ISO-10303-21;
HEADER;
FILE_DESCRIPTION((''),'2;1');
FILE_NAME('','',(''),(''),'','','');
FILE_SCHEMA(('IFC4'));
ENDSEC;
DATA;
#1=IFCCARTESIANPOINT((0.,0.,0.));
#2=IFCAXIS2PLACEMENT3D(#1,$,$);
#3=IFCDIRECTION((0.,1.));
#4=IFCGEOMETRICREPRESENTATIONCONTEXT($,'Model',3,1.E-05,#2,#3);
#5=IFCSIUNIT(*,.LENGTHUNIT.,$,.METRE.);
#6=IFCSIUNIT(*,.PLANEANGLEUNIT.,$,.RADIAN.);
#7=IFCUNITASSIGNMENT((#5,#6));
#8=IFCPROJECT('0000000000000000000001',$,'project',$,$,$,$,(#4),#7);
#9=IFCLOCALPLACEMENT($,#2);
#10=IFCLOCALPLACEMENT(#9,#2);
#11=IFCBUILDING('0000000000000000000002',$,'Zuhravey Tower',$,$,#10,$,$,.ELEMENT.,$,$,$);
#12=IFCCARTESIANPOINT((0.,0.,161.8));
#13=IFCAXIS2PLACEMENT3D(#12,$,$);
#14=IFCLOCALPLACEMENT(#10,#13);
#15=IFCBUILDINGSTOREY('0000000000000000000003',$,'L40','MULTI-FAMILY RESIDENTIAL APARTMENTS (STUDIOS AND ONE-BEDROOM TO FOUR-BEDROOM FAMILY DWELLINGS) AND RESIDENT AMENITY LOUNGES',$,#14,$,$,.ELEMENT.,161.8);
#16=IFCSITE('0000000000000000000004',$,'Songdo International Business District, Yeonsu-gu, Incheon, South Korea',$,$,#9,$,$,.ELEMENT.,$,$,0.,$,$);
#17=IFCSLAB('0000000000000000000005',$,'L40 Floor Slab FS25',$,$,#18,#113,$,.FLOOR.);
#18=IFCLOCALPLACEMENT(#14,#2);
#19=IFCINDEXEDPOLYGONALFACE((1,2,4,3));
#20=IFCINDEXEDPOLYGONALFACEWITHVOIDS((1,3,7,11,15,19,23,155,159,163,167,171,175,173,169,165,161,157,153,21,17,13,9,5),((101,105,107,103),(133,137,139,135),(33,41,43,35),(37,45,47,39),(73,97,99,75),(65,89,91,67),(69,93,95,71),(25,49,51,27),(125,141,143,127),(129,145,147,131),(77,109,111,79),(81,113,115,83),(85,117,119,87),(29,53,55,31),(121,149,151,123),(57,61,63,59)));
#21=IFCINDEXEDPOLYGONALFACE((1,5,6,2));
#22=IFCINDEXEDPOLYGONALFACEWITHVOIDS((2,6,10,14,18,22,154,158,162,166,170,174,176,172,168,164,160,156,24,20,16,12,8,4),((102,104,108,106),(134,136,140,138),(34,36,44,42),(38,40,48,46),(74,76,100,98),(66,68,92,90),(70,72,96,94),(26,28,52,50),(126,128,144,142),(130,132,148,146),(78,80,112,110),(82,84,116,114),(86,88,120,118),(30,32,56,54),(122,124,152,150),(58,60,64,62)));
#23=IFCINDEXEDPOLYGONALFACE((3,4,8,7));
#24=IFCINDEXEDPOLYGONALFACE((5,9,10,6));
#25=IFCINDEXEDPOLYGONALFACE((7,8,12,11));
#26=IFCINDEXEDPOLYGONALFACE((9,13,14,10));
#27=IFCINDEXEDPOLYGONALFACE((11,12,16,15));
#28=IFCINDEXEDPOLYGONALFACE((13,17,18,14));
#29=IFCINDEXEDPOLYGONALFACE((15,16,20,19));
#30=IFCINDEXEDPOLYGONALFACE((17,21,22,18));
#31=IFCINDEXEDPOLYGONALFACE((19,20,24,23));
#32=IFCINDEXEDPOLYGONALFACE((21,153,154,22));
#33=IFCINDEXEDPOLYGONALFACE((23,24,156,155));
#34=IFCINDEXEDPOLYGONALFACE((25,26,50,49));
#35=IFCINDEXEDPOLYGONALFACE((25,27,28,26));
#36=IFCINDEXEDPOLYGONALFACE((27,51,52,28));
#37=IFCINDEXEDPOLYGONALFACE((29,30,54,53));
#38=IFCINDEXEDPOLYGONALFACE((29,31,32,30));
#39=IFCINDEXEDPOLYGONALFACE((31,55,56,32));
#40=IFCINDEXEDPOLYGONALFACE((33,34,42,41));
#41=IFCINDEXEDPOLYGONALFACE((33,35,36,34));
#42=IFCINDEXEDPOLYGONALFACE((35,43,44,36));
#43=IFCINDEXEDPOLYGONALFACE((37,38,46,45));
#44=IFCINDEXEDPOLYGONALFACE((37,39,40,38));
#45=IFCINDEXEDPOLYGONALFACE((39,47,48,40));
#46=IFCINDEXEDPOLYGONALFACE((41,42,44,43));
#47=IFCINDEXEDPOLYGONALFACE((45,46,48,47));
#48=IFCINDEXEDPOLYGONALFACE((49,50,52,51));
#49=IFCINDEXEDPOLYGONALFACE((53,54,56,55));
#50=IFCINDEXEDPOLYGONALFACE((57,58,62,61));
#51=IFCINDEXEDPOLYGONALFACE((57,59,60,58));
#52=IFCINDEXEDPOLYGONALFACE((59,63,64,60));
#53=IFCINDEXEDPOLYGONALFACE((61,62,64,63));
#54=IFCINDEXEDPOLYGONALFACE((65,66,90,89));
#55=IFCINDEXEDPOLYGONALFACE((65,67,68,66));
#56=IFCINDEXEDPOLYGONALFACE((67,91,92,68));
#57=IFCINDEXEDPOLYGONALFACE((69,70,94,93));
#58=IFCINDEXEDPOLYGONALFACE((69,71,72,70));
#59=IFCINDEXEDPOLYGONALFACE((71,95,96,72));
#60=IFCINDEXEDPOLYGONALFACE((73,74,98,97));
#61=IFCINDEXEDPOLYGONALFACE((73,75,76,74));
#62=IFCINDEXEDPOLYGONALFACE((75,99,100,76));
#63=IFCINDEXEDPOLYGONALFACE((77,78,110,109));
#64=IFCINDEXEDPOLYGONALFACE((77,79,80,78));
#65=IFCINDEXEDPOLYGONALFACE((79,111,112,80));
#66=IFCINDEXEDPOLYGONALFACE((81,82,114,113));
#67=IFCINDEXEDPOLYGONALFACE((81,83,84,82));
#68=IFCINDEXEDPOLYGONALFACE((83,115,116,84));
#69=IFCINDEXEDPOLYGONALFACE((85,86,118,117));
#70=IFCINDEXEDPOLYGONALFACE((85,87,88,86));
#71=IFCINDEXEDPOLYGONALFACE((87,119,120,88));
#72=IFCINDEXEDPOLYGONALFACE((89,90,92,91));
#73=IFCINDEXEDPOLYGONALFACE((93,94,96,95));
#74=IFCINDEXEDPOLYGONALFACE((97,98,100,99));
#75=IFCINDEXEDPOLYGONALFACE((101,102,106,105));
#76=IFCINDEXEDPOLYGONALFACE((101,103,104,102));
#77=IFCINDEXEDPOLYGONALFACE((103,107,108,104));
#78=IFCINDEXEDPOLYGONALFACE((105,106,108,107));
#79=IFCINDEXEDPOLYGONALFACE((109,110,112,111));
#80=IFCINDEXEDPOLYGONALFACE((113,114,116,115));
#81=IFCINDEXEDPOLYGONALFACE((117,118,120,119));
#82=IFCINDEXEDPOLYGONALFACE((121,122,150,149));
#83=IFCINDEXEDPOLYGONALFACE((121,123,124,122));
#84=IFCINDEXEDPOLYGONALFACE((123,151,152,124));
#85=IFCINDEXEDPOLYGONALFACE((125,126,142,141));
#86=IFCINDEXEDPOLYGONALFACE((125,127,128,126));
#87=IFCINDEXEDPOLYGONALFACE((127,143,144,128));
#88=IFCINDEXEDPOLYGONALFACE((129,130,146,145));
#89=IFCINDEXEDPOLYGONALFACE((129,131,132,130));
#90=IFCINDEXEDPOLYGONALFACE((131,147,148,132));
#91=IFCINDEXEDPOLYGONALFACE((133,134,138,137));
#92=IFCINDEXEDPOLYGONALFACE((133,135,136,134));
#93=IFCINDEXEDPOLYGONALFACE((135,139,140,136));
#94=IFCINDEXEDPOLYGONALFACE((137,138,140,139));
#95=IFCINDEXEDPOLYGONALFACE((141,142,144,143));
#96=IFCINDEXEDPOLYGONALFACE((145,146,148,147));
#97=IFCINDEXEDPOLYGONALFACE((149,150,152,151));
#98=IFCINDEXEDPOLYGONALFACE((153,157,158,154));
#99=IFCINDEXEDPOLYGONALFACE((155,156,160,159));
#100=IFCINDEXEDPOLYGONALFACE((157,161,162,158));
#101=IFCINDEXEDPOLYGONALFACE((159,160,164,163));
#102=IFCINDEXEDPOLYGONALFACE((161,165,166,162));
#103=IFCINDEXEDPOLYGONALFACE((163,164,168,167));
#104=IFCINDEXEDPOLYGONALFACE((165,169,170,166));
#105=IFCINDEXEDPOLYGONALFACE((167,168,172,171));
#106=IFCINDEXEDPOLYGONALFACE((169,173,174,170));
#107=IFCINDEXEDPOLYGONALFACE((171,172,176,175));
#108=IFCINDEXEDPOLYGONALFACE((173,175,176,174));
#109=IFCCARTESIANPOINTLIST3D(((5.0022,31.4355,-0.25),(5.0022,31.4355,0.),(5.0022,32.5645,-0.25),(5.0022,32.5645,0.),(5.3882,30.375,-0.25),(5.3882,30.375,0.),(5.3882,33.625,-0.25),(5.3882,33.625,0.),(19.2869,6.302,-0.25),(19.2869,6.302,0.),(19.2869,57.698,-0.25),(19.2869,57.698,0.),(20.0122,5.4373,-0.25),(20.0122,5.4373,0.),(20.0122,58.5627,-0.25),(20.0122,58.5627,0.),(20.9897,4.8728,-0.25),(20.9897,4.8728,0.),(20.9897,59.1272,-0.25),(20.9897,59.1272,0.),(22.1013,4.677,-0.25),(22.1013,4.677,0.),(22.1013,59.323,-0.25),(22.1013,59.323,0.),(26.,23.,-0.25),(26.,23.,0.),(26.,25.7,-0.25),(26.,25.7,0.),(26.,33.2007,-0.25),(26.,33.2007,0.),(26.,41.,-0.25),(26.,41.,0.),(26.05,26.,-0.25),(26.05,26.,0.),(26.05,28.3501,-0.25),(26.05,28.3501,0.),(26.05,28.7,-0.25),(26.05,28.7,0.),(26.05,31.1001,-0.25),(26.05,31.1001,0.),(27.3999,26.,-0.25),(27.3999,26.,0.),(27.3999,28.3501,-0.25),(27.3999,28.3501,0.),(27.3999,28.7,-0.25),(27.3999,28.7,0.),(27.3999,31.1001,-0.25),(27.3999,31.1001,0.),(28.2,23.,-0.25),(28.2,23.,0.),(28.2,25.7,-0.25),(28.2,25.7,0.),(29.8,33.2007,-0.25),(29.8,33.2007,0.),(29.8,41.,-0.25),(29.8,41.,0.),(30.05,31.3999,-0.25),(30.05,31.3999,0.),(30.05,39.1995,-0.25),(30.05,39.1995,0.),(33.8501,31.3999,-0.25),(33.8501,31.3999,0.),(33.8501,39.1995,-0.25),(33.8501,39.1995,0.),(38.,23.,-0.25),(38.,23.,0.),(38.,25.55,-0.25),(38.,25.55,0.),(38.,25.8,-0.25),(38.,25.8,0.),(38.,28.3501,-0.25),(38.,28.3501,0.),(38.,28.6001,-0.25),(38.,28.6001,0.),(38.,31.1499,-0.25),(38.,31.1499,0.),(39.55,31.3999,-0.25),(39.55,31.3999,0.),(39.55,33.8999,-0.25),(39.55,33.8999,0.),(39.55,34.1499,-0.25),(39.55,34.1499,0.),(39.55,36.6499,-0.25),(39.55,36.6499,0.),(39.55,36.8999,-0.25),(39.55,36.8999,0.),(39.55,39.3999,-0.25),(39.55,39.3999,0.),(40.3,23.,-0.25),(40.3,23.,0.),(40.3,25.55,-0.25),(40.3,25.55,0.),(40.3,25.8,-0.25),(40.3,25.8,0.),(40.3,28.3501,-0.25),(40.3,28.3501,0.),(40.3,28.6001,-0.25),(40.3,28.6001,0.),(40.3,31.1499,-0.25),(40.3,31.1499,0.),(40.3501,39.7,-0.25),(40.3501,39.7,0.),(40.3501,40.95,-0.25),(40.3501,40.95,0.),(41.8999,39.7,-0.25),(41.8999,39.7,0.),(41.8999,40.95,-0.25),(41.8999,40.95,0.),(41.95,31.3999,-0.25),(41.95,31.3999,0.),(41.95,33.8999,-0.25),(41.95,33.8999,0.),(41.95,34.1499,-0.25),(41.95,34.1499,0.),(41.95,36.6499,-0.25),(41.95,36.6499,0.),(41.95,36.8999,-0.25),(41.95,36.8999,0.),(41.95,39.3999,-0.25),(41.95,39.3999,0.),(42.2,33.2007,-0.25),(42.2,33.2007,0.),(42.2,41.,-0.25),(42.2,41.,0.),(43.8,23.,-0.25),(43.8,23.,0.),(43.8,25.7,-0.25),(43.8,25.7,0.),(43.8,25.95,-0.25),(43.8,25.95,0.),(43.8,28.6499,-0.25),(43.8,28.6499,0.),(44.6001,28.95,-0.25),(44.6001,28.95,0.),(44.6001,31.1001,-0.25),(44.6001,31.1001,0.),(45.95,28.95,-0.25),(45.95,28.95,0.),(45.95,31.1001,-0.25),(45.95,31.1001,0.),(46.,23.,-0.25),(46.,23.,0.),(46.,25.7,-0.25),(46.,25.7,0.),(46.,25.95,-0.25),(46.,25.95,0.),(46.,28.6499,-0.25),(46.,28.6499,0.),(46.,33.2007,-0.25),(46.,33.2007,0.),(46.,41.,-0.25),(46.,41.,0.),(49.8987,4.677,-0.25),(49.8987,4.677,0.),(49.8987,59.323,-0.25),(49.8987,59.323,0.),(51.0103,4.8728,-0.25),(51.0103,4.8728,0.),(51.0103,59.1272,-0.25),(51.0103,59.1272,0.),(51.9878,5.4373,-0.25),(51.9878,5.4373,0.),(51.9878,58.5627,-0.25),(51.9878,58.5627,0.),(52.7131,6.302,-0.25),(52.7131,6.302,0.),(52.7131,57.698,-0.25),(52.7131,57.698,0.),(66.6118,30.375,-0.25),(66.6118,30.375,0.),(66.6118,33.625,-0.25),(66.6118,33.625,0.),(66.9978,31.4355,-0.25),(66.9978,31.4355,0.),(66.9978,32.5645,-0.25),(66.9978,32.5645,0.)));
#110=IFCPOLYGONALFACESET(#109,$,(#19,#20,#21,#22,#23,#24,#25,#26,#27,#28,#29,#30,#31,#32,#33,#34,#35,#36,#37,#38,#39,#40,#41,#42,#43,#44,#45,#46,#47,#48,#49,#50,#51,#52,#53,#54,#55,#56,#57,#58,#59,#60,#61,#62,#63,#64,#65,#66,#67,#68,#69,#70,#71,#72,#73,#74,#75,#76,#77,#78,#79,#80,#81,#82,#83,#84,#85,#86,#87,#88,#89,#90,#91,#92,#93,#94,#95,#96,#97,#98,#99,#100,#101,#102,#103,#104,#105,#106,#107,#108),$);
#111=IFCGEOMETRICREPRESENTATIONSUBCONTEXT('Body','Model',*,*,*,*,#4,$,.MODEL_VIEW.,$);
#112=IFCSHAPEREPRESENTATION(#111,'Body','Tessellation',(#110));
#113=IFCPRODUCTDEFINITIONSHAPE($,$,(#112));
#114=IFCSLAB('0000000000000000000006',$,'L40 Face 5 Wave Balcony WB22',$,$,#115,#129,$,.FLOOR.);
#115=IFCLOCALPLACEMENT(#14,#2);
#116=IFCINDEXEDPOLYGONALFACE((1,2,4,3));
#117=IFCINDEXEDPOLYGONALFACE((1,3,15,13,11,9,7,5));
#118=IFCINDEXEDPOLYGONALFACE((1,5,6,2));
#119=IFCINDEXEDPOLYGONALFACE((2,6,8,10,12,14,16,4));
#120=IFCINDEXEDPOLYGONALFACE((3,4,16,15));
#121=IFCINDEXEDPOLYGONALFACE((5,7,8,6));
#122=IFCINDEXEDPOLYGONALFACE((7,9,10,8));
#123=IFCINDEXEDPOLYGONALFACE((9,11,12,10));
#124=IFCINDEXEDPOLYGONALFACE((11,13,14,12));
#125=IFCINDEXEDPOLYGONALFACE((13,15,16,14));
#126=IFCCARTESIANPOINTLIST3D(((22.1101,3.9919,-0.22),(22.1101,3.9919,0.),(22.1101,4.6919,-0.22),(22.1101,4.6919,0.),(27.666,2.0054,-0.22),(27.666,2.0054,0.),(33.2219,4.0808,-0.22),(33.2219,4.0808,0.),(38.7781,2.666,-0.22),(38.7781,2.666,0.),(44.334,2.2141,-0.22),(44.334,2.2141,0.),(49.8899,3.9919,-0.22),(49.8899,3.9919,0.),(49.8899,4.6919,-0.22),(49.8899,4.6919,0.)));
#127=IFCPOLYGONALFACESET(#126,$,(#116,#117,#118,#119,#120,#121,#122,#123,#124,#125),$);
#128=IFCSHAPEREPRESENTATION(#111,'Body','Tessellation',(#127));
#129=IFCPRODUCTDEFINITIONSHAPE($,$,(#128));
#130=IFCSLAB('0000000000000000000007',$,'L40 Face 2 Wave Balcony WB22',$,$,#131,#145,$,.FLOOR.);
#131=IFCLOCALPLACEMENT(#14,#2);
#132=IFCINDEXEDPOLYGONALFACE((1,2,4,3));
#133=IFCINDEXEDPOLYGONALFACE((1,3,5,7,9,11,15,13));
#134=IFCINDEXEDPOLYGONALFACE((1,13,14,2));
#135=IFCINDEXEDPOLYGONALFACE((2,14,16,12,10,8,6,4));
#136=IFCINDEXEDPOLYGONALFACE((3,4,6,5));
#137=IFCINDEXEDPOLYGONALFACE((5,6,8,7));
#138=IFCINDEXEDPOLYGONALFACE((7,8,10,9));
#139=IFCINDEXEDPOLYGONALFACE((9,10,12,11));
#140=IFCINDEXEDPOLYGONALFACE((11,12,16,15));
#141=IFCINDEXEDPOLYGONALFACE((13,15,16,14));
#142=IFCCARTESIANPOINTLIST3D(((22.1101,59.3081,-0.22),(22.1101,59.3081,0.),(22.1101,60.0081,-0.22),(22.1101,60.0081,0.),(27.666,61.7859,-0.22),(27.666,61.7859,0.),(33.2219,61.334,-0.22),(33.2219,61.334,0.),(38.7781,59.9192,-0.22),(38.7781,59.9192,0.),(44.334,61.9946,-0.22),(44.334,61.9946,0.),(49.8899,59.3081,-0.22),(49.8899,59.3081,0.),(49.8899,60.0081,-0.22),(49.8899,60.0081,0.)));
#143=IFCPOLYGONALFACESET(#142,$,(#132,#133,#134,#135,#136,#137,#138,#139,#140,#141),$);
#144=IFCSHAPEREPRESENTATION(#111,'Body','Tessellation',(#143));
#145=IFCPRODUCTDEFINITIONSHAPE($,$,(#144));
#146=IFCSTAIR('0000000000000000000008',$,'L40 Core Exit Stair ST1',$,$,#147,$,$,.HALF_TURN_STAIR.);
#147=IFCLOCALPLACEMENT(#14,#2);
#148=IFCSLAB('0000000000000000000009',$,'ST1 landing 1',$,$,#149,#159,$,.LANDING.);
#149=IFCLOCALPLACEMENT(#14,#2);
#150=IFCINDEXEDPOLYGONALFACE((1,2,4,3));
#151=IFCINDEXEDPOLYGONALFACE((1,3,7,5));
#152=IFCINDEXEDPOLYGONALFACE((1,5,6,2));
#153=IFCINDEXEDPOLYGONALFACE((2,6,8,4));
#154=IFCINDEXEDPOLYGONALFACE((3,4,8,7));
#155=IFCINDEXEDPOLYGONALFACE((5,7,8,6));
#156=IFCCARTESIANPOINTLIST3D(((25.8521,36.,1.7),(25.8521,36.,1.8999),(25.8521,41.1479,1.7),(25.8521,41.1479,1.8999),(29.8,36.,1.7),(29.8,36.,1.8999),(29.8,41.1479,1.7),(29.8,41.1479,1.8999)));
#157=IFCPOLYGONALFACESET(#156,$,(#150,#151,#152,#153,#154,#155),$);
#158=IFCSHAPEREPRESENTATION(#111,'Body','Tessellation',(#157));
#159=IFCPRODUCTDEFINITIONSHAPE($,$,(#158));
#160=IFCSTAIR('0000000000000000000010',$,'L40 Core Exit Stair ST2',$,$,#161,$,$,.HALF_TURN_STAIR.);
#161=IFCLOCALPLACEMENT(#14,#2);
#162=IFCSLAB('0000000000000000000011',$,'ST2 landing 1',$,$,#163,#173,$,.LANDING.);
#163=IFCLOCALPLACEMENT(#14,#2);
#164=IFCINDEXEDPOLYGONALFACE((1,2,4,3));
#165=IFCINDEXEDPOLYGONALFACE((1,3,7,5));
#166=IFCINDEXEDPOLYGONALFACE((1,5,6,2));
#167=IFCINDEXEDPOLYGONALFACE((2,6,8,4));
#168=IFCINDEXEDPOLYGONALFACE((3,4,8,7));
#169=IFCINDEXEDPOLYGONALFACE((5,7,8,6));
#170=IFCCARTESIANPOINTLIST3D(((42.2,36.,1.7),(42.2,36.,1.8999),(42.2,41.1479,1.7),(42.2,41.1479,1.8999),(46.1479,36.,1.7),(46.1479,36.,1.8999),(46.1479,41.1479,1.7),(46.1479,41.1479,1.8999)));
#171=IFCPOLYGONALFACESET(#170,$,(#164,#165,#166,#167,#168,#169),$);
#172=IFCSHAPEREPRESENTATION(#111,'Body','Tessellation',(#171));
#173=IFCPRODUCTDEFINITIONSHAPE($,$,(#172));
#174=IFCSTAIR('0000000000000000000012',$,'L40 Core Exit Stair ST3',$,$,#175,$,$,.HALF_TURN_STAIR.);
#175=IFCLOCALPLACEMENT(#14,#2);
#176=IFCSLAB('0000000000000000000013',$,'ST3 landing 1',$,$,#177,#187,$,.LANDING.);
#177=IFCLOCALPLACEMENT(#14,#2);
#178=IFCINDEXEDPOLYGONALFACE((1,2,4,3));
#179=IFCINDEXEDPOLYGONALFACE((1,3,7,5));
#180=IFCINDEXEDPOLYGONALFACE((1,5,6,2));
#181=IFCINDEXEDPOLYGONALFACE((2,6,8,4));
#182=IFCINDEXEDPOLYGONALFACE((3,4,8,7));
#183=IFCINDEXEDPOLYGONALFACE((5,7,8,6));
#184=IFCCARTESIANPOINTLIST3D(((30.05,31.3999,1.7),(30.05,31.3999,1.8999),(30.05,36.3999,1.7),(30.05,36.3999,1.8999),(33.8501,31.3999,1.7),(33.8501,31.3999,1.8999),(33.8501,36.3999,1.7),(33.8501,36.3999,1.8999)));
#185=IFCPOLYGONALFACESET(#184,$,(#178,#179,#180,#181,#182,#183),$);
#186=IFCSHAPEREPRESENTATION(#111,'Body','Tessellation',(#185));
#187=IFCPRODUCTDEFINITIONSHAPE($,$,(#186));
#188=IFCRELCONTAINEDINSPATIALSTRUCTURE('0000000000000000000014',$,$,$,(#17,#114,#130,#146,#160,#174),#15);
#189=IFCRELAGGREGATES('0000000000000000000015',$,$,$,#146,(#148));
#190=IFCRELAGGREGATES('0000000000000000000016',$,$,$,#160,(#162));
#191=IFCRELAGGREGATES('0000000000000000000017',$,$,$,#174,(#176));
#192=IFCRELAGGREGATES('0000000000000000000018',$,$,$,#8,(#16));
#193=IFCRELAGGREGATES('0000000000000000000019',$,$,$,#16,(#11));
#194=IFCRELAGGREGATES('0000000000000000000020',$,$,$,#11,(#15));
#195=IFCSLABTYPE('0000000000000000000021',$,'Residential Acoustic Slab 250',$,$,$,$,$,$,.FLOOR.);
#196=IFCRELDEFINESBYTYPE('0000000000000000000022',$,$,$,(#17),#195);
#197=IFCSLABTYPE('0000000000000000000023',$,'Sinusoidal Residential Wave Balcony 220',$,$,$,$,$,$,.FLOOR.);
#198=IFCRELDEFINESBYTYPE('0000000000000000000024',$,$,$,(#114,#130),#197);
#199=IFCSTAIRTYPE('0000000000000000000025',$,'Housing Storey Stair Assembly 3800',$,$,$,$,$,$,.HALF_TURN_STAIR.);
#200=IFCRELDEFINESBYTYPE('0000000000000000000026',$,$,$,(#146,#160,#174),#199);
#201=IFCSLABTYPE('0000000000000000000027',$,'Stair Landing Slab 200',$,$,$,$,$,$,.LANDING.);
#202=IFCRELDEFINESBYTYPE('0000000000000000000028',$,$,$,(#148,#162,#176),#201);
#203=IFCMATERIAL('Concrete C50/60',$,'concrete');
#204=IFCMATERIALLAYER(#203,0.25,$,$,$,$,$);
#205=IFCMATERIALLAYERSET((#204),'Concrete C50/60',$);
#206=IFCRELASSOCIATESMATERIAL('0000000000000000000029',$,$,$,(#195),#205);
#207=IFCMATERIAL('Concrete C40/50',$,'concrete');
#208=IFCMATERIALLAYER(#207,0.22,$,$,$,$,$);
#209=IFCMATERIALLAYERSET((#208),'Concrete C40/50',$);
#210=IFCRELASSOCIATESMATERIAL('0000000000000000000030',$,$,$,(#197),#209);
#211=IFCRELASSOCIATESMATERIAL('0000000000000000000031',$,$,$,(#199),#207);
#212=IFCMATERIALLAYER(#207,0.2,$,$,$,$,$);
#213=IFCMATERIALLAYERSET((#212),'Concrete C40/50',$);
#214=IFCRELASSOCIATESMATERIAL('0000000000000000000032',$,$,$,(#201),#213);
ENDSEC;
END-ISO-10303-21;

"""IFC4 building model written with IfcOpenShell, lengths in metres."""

from ifc_helpers import new_model, si_unit, direction, frame, origin, place, context, subcontext, project, spatial, polyline, outline, extrude, material, layer, layer_set, type_object, element, aggregate, save


model = new_model("IFC4")

# Units and contexts
model_context = context("Model", 3, precision=1e-05, world=origin(), true_north=direction((0.0, 1.0)))
body_context = subcontext(model_context, "Body", "Model", "MODEL_VIEW")
ifc_project = project(units=[si_unit("LENGTHUNIT", "METRE"), si_unit("PLANEANGLEUNIT", "RADIAN")], contexts=[model_context])

# Site, building, storey
site_placement = place(None, origin())
site = spatial("IfcSite", under=ifc_project, at=site_placement, Name="Songdo International Business District, Yeonsu-gu, Incheon, South Korea", CompositionType="ELEMENT", RefElevation=0.0)
building_placement = place(site_placement, origin())
building = spatial("IfcBuilding", under=site, at=building_placement, Name="Zuhravey Tower", CompositionType="ELEMENT")
storey_placement = place(building_placement, frame((0.0, 0.0, 161.8)))
storey = spatial("IfcBuildingStorey", under=building, at=storey_placement, Name="L40", Description="MULTI-FAMILY RESIDENTIAL APARTMENTS (STUDIOS AND ONE-BEDROOM TO FOUR-BEDROOM FAMILY DWELLINGS) AND RESIDENT AMENITY LOUNGES", CompositionType="ELEMENT", Elevation=161.8)

# Slabs
ifc_material_1 = material(Name="Concrete C50/60", Category="concrete")
ifc_layer_1 = layer(ifc_material_1, 0.25)
ifc_layer_set_1 = layer_set([ifc_layer_1], Name="Concrete C50/60")
slab_type_1 = type_object("IfcSlabType", Name="Residential Acoustic Slab 250", PredefinedType="FLOOR", material=ifc_layer_set_1)
slab_1_placement = place(storey_placement, frame((0.0, 0.0, -0.25)))
element("IfcSlab", 1, at=slab_1_placement, inside=storey, type_object=slab_type_1, Name="L40 Floor Slab FS25", PredefinedType="FLOOR", context=body_context, shape_type="SweptSolid", body=[
    extrude(outline(polyline([(66.6118, 30.375), (66.9978, 31.4355), (66.9978, 32.5645), (66.6118, 33.625), (52.7131, 57.698), (51.9878, 58.5627), (51.0103, 59.1272), (49.8987, 59.323), (22.1013, 59.323), (20.9897, 59.1272), (20.0122, 58.5627), (19.2869, 57.698), (5.3882, 33.625), (5.0022, 32.5645), (5.0022, 31.4355), (5.3882, 30.375), (19.2869, 6.302), (20.0122, 5.4373), (20.9897, 4.8728), (22.1013, 4.677), (49.8987, 4.677), (51.0103, 4.8728), (51.9878, 5.4373), (52.7131, 6.302), (66.6118, 30.375)]), holes=[polyline([(29.8, 33.2007), (29.8, 41.0), (26.0, 41.0), (26.0, 33.2007), (29.8, 33.2007)]), polyline([(46.0, 33.2007), (46.0, 41.0), (42.2, 41.0), (42.2, 33.2007), (46.0, 33.2007)]), polyline([(30.05, 39.1995), (30.05, 31.3999), (33.8501, 31.3999), (33.8501, 39.1995), (30.05, 39.1995)]), polyline([(38.0, 23.0), (40.3, 23.0), (40.3, 25.55), (38.0, 25.55), (38.0, 23.0)]), polyline([(38.0, 25.8), (40.3, 25.8), (40.3, 28.3501), (38.0, 28.3501), (38.0, 25.8)]), polyline([(38.0, 28.6001), (40.3, 28.6001), (40.3, 31.1499), (38.0, 31.1499), (38.0, 28.6001)]), polyline([(39.55, 31.3999), (41.95, 31.3999), (41.95, 33.8999), (39.55, 33.8999), (39.55, 31.3999)]), polyline([(39.55, 34.1499), (41.95, 34.1499), (41.95, 36.6499), (39.55, 36.6499), (39.55, 34.1499)]), polyline([(39.55, 36.8999), (41.95, 36.8999), (41.95, 39.3999), (39.55, 39.3999), (39.55, 36.8999)]), polyline([(26.0, 23.0), (28.2, 23.0), (28.2, 25.7), (26.0, 25.7), (26.0, 23.0)]), polyline([(43.8, 23.0), (46.0, 23.0), (46.0, 25.7), (43.8, 25.7), (43.8, 23.0)]), polyline([(43.8, 25.95), (46.0, 25.95), (46.0, 28.6499), (43.8, 28.6499), (43.8, 25.95)]), polyline([(26.05, 26.0), (27.3999, 26.0), (27.3999, 28.3501), (26.05, 28.3501), (26.05, 26.0)]), polyline([(26.05, 28.7), (27.3999, 28.7), (27.3999, 31.1001), (26.05, 31.1001), (26.05, 28.7)]), polyline([(44.6001, 28.95), (45.95, 28.95), (45.95, 31.1001), (44.6001, 31.1001), (44.6001, 28.95)]), polyline([(40.3501, 39.7), (41.8999, 39.7), (41.8999, 40.95), (40.3501, 40.95), (40.3501, 39.7)])]), origin(), (0.0, 0.0, 1.0), 0.25),
])
ifc_material_2 = material(Name="Concrete C40/50", Category="concrete")
ifc_layer_2 = layer(ifc_material_2, 0.22)
ifc_layer_set_2 = layer_set([ifc_layer_2], Name="Concrete C40/50")
slab_type_2 = type_object("IfcSlabType", Name="Sinusoidal Residential Wave Balcony 220", PredefinedType="FLOOR", material=ifc_layer_set_2)
slab_2_placement = place(storey_placement, frame((0.0, 0.0, -0.22)))
element("IfcSlab", 2, at=slab_2_placement, inside=storey, type_object=slab_type_2, Name="L40 Face 5 Wave Balcony WB22", PredefinedType="FLOOR", context=body_context, shape_type="SweptSolid", body=[
    extrude(outline(polyline([(22.1101, 4.6919), (49.8899, 4.6919), (49.8899, 3.9919), (44.334, 2.2141), (38.7781, 2.666), (33.2219, 4.0808), (27.666, 2.0054), (22.1101, 3.9919), (22.1101, 4.6919)])), origin(), (0.0, 0.0, 1.0), 0.22),
])
slab_3_placement = place(storey_placement, frame((0.0, 0.0, -0.22)))
element("IfcSlab", 3, at=slab_3_placement, inside=storey, type_object=slab_type_2, Name="L40 Face 2 Wave Balcony WB22", PredefinedType="FLOOR", context=body_context, shape_type="SweptSolid", body=[
    extrude(outline(polyline([(49.8899, 59.3081), (22.1101, 59.3081), (22.1101, 60.0081), (27.666, 61.7859), (33.2219, 61.334), (38.7781, 59.9192), (44.334, 61.9946), (49.8899, 60.0081), (49.8899, 59.3081)])), origin(), (0.0, 0.0, 1.0), 0.22),
])

# Stairs, slabs
stair_type = type_object("IfcStairType", Name="Housing Storey Stair Assembly 3800", PredefinedType="HALF_TURN_STAIR", material=ifc_material_2)
stair_1_placement = place(storey_placement, origin())
stair_1 = element("IfcStair", 4, at=stair_1_placement, inside=storey, type_object=stair_type, Name="L40 Core Exit Stair ST1", PredefinedType="HALF_TURN_STAIR")
ifc_layer_3 = layer(ifc_material_2, 0.2)
ifc_layer_set_3 = layer_set([ifc_layer_3], Name="Concrete C40/50")
slab_type_3 = type_object("IfcSlabType", Name="Stair Landing Slab 200", PredefinedType="LANDING", material=ifc_layer_set_3)
slab_4_placement = place(storey_placement, frame((0.0, 0.0, 1.7)))
slab_4 = element("IfcSlab", 5, at=slab_4_placement, type_object=slab_type_3, Name="ST1 landing 1", PredefinedType="LANDING", context=body_context, shape_type="SweptSolid", body=[
    extrude(outline(polyline([(29.8, 36.0), (29.8, 41.1479), (25.8521, 41.1479), (25.8521, 36.0), (29.8, 36.0)])), origin(), (0.0, 0.0, 1.0), 0.2),
])
aggregate(stair_1, [slab_4])
stair_2_placement = place(storey_placement, origin())
stair_2 = element("IfcStair", 6, at=stair_2_placement, inside=storey, type_object=stair_type, Name="L40 Core Exit Stair ST2", PredefinedType="HALF_TURN_STAIR")
slab_5_placement = place(storey_placement, frame((0.0, 0.0, 1.7)))
slab_5 = element("IfcSlab", 7, at=slab_5_placement, type_object=slab_type_3, Name="ST2 landing 1", PredefinedType="LANDING", context=body_context, shape_type="SweptSolid", body=[
    extrude(outline(polyline([(46.1479, 36.0), (46.1479, 41.1479), (42.2, 41.1479), (42.2, 36.0), (46.1479, 36.0)])), origin(), (0.0, 0.0, 1.0), 0.2),
])
aggregate(stair_2, [slab_5])
stair_3_placement = place(storey_placement, origin())
stair_3 = element("IfcStair", 8, at=stair_3_placement, inside=storey, type_object=stair_type, Name="L40 Core Exit Stair ST3", PredefinedType="HALF_TURN_STAIR")
slab_6_placement = place(storey_placement, frame((0.0, 0.0, 1.7)))
slab_6 = element("IfcSlab", 9, at=slab_6_placement, type_object=slab_type_3, Name="ST3 landing 1", PredefinedType="LANDING", context=body_context, shape_type="SweptSolid", body=[
    extrude(outline(polyline([(30.05, 36.3999), (30.05, 31.3999), (33.8501, 31.3999), (33.8501, 36.3999), (30.05, 36.3999)])), origin(), (0.0, 0.0, 1.0), 0.2),
])
aggregate(stair_3, [slab_6])

save(model, "model.ifc")
